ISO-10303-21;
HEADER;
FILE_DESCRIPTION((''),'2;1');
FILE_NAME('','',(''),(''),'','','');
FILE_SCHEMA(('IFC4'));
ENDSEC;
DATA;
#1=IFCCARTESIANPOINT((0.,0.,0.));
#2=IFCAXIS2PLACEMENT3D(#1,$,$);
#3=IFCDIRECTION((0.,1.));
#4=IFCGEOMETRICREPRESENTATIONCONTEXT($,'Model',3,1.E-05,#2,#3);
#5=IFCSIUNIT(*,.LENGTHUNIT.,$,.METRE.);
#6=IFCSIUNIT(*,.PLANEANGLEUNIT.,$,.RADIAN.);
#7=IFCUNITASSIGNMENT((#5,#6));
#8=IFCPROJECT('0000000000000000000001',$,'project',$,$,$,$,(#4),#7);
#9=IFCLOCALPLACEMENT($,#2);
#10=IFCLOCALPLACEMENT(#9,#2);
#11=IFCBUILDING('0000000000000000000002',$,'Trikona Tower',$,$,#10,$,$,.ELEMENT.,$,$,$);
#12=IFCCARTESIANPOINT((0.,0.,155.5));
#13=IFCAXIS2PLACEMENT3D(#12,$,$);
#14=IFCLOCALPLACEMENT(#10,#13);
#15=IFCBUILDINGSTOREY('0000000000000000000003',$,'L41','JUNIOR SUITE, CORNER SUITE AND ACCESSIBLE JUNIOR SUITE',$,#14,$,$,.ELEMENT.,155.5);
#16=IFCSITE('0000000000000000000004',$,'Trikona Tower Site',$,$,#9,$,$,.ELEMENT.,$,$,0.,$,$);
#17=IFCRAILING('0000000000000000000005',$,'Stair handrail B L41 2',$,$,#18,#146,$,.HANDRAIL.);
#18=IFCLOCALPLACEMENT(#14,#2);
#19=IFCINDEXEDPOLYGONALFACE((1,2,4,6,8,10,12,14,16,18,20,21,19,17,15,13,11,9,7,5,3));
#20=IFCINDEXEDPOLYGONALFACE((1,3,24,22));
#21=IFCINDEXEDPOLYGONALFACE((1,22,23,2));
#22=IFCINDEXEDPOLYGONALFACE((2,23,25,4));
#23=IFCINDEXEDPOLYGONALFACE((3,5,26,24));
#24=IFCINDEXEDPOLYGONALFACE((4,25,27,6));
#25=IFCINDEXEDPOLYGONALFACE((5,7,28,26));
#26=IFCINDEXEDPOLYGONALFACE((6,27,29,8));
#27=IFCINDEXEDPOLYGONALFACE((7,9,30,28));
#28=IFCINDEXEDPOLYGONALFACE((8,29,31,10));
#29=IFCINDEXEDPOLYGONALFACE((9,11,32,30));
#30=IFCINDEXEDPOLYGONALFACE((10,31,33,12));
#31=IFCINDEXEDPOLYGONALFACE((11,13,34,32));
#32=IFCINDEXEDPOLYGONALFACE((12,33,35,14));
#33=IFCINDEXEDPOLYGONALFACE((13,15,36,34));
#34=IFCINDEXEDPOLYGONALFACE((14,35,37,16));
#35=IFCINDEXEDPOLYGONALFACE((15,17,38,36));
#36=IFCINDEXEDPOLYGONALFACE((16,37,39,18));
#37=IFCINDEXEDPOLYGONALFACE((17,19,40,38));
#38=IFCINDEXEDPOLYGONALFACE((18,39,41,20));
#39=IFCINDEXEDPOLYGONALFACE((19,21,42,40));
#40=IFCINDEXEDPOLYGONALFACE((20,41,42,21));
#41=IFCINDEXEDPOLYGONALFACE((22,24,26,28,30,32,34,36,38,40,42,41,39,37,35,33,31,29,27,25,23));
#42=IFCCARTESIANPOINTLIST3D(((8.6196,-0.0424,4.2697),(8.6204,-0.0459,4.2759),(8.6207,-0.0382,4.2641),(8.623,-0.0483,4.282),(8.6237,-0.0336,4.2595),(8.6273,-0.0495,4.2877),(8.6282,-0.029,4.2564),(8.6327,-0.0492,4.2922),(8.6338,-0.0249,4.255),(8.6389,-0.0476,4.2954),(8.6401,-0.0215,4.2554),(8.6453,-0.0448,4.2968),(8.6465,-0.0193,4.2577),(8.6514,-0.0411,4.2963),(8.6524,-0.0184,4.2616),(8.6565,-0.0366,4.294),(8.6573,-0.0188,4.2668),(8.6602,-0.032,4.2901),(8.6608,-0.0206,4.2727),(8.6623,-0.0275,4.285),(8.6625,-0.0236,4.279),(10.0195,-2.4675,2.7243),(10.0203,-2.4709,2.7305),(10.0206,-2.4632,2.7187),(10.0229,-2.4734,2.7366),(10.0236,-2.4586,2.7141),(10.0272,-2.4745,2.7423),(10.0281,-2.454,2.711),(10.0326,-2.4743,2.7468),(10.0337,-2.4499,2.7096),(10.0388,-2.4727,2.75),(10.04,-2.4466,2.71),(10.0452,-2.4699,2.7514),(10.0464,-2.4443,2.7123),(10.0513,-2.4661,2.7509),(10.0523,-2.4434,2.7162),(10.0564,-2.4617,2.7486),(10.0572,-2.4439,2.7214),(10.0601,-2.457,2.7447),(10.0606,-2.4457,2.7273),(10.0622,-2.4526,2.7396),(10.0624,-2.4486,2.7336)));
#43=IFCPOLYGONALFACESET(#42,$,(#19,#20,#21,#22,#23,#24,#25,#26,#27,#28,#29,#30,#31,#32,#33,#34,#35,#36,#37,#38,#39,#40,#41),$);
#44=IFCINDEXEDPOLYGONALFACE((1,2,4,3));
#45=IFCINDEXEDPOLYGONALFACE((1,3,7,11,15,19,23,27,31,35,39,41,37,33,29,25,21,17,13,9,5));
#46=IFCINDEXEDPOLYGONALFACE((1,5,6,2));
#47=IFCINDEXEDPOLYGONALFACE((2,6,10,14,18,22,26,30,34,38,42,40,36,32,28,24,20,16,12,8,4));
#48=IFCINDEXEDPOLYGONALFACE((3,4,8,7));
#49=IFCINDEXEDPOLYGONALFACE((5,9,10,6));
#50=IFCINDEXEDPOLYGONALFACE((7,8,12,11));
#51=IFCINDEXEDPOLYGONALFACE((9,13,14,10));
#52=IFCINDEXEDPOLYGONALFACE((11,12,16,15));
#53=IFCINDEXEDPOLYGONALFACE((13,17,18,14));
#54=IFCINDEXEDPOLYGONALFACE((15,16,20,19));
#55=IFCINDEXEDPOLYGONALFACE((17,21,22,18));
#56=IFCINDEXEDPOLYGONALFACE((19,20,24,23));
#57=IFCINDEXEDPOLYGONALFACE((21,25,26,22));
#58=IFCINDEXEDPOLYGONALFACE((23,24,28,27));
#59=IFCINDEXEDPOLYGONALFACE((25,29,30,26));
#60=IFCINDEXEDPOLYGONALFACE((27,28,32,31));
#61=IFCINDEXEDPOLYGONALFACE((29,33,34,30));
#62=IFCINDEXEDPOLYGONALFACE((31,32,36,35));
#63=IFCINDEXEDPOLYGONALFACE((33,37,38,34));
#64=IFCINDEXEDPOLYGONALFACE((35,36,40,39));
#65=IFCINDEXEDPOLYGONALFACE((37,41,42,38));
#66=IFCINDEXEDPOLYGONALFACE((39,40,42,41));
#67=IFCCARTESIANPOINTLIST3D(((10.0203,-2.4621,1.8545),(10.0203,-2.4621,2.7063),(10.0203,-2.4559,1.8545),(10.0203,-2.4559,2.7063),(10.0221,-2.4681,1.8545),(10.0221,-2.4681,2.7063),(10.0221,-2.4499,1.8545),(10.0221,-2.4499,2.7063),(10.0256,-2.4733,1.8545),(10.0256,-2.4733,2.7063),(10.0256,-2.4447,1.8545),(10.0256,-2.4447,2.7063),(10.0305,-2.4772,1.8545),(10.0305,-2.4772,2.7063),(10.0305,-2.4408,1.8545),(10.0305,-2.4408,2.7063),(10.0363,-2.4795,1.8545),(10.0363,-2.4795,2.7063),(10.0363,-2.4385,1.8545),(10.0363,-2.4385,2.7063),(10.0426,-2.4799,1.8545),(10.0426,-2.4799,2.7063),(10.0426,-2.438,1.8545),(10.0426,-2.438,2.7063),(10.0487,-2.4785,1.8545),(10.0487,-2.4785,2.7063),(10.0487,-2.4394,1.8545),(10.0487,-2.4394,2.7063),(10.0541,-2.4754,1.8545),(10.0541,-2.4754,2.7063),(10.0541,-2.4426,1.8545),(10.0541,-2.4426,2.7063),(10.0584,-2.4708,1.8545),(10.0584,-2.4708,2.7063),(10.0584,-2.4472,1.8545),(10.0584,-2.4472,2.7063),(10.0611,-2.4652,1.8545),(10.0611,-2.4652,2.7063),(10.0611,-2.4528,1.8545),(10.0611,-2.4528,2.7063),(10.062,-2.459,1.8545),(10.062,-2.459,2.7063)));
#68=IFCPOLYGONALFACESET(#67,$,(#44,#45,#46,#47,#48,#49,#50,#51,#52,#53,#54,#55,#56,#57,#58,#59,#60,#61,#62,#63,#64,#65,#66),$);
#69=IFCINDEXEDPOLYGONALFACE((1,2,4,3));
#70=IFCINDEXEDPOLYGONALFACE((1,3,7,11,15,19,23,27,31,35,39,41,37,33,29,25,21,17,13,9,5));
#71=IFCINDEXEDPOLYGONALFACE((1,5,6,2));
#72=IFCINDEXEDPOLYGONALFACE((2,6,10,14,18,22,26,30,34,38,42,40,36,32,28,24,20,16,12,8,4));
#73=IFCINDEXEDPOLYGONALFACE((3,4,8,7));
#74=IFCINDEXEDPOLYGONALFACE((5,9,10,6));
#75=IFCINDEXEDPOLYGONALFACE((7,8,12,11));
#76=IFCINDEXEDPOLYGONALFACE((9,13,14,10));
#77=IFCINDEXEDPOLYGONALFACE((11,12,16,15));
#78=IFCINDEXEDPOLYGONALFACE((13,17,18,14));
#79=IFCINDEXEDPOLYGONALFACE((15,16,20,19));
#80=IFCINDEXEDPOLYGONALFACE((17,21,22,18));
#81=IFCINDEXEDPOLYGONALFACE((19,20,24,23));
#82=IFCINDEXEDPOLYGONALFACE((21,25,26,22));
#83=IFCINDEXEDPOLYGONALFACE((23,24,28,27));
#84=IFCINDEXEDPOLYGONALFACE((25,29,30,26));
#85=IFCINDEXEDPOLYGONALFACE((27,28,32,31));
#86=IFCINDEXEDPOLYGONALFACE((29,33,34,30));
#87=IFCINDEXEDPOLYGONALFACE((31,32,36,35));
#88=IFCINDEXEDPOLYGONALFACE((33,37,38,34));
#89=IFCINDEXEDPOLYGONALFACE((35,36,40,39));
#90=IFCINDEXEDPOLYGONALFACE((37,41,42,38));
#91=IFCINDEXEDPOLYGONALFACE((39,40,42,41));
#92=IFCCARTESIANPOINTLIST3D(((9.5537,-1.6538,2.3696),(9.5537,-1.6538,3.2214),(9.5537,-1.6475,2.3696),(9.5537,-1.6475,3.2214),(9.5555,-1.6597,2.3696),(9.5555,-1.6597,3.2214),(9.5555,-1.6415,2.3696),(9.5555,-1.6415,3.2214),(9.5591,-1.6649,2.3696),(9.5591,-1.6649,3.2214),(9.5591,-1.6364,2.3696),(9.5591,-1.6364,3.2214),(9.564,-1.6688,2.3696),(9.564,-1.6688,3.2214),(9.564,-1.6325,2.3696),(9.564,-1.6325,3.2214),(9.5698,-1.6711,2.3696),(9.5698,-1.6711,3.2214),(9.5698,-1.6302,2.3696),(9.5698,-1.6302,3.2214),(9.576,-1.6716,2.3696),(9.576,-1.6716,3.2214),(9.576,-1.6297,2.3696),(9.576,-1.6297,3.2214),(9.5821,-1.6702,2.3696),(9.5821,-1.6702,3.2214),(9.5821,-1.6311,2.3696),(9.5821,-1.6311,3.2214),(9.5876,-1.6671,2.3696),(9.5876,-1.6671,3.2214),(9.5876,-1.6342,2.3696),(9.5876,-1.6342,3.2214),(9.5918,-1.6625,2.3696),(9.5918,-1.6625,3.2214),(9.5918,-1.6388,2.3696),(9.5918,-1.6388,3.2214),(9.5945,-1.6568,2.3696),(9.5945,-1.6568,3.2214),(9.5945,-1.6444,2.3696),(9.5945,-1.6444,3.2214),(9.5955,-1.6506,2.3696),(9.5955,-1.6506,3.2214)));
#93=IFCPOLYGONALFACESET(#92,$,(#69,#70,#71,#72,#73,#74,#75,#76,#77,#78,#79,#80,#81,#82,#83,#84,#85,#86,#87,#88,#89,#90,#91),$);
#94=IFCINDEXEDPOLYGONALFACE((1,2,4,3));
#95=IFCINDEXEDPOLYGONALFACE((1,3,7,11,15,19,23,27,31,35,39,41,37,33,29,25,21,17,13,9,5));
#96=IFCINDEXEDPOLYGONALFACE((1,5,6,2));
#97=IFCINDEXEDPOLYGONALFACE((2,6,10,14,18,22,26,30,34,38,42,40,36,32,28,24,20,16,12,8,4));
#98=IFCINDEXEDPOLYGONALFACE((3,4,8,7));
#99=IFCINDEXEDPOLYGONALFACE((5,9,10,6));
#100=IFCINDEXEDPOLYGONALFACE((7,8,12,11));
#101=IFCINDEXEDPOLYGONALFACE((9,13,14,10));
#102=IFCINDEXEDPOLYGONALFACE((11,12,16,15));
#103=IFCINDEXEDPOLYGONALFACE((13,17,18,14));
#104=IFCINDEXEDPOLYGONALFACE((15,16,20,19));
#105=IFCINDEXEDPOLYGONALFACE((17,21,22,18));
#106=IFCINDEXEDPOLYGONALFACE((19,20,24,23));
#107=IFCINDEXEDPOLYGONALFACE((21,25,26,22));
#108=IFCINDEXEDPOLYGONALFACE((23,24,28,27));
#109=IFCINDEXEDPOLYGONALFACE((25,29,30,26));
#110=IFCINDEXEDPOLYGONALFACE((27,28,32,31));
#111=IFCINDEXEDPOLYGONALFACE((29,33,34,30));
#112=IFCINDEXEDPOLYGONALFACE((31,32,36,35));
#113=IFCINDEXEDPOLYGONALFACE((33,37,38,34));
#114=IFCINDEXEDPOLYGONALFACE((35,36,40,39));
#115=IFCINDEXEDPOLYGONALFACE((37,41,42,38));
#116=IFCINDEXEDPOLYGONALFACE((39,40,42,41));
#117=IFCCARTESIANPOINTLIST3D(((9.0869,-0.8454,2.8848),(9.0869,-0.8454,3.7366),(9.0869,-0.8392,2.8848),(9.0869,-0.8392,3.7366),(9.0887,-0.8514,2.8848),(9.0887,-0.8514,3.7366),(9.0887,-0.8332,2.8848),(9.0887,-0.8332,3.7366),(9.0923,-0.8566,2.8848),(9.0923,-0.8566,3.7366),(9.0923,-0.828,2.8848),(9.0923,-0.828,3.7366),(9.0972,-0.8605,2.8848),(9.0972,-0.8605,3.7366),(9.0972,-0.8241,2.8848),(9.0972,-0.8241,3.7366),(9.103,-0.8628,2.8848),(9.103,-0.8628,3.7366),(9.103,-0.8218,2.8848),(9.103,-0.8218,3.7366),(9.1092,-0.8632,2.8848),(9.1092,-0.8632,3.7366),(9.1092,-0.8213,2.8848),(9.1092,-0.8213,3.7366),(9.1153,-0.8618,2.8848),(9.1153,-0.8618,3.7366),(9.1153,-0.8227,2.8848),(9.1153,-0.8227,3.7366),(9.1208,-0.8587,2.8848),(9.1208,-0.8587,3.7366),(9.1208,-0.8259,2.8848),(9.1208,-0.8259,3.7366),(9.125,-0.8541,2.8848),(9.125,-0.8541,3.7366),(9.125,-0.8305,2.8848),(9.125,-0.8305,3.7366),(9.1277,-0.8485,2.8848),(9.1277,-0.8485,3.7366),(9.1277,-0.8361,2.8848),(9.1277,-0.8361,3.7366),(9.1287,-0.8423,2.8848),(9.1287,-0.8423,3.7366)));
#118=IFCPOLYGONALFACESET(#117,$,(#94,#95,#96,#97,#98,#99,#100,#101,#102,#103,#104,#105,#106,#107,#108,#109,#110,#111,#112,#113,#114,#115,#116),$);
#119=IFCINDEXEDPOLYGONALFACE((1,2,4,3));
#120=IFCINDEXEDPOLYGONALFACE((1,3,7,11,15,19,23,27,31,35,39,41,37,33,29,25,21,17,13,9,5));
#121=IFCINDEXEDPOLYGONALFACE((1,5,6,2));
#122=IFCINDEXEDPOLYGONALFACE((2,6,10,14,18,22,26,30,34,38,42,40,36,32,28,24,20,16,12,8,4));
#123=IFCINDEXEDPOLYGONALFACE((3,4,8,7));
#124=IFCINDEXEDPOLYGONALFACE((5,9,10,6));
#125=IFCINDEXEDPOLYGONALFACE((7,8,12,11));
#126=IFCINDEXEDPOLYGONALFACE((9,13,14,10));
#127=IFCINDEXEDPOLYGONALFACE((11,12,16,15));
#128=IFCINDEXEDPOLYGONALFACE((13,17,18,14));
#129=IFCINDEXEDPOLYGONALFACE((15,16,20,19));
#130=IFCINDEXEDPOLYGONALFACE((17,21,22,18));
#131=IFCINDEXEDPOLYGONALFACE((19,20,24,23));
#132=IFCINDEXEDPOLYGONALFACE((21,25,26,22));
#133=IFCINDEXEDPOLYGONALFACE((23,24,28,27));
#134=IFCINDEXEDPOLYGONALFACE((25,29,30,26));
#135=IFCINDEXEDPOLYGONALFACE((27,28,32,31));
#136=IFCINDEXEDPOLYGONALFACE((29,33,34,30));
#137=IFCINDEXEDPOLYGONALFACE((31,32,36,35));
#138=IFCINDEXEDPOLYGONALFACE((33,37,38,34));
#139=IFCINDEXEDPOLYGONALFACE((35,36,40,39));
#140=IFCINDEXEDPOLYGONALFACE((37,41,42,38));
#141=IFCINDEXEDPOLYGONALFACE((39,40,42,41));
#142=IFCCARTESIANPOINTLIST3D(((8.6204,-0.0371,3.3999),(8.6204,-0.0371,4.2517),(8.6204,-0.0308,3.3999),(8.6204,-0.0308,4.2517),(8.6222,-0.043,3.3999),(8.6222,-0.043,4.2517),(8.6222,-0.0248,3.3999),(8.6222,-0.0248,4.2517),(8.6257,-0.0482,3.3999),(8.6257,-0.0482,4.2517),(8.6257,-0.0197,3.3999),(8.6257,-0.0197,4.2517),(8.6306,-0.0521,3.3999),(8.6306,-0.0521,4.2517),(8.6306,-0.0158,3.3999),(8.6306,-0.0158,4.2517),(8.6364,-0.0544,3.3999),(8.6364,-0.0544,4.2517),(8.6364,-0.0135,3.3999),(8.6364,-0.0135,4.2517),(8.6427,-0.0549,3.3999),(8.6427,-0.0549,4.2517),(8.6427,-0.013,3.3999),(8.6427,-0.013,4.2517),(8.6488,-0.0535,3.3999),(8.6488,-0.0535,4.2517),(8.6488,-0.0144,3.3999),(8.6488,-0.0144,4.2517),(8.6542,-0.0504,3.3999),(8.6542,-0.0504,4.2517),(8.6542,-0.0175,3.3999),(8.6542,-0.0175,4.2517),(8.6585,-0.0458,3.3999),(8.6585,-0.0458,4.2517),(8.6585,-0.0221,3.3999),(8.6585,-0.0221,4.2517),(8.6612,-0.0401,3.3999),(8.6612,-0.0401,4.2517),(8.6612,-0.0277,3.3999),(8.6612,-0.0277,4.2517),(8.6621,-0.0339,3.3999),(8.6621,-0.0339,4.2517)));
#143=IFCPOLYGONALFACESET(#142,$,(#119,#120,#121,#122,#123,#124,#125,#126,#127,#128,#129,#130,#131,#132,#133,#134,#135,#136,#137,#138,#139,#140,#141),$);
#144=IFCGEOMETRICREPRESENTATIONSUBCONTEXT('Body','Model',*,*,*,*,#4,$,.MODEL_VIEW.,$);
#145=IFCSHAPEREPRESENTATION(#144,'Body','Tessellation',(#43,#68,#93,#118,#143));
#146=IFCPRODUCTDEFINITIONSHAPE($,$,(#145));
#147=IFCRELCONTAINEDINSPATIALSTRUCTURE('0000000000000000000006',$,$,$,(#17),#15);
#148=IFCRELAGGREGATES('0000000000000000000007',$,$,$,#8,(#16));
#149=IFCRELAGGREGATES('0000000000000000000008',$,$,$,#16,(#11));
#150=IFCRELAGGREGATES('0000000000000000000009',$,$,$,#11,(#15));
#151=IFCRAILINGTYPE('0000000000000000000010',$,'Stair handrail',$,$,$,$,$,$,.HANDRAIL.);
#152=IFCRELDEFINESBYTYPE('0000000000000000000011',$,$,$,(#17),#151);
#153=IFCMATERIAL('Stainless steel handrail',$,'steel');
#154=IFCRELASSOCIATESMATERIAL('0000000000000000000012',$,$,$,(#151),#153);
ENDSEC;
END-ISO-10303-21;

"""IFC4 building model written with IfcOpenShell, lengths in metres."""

from ifc_helpers import new_model, si_unit, direction, frame, origin, origin_2d, place, context, subcontext, project, spatial, circle, extrude, material, type_object, element, save


model = new_model("IFC4")

# Units and contexts
model_context = context("Model", 3, precision=1e-05, world=origin(), true_north=direction((0.0, 1.0)))
body_context = subcontext(model_context, "Body", "Model", "MODEL_VIEW")
ifc_project = project(units=[si_unit("LENGTHUNIT", "METRE"), si_unit("PLANEANGLEUNIT", "RADIAN")], contexts=[model_context])

# Site, building, storey
site_placement = place(None, origin())
site = spatial("IfcSite", under=ifc_project, at=site_placement, Name="Trikona Tower Site", CompositionType="ELEMENT", RefElevation=0.0)
building_placement = place(site_placement, origin())
building = spatial("IfcBuilding", under=site, at=building_placement, Name="Trikona Tower", CompositionType="ELEMENT")
storey_placement = place(building_placement, frame((0.0, 0.0, 155.5)))
storey = spatial("IfcBuildingStorey", under=building, at=storey_placement, Name="L41", Description="JUNIOR SUITE, CORNER SUITE AND ACCESSIBLE JUNIOR SUITE", CompositionType="ELEMENT", Elevation=155.5)

# Railing
ifc_material_1 = material(Name="Stainless steel handrail", Category="steel")
railing_type = type_object("IfcRailingType", Name="Stair handrail", PredefinedType="HANDRAIL", material=ifc_material_1)
railing_placement = place(storey_placement, frame((10.041, -2.459, 1.8545)))
element("IfcRailing", 1, at=railing_placement, inside=storey, type_object=railing_type, Name="Stair handrail B L41 2", PredefinedType="HANDRAIL", context=body_context, shape_type="SweptSolid", body=[
    extrude(circle(Radius=0.0239, at=origin_2d()), frame((0.0, 0.0, 0.876), z_axis=(-0.437707, 0.75824, 0.483203), x_axis=(-0.866056, -0.499946, 0.0)), (0.0, 0.0, 1.0), 3.1982),
    extrude(circle(Radius=0.021, at=origin_2d()), origin(), (0.0, 0.0, 1.0), 0.8518),
    extrude(circle(Radius=0.021, at=origin_2d()), frame((-0.4666, 0.8083, 0.5151)), (0.0, 0.0, 1.0), 0.8518),
    extrude(circle(Radius=0.021, at=origin_2d()), frame((-0.9333, 1.6167, 1.0303)), (0.0, 0.0, 1.0), 0.8518),
    extrude(circle(Radius=0.021, at=origin_2d()), frame((-1.3999, 2.425, 1.5454)), (0.0, 0.0, 1.0), 0.8518),
])

save(model, "model.ifc")
